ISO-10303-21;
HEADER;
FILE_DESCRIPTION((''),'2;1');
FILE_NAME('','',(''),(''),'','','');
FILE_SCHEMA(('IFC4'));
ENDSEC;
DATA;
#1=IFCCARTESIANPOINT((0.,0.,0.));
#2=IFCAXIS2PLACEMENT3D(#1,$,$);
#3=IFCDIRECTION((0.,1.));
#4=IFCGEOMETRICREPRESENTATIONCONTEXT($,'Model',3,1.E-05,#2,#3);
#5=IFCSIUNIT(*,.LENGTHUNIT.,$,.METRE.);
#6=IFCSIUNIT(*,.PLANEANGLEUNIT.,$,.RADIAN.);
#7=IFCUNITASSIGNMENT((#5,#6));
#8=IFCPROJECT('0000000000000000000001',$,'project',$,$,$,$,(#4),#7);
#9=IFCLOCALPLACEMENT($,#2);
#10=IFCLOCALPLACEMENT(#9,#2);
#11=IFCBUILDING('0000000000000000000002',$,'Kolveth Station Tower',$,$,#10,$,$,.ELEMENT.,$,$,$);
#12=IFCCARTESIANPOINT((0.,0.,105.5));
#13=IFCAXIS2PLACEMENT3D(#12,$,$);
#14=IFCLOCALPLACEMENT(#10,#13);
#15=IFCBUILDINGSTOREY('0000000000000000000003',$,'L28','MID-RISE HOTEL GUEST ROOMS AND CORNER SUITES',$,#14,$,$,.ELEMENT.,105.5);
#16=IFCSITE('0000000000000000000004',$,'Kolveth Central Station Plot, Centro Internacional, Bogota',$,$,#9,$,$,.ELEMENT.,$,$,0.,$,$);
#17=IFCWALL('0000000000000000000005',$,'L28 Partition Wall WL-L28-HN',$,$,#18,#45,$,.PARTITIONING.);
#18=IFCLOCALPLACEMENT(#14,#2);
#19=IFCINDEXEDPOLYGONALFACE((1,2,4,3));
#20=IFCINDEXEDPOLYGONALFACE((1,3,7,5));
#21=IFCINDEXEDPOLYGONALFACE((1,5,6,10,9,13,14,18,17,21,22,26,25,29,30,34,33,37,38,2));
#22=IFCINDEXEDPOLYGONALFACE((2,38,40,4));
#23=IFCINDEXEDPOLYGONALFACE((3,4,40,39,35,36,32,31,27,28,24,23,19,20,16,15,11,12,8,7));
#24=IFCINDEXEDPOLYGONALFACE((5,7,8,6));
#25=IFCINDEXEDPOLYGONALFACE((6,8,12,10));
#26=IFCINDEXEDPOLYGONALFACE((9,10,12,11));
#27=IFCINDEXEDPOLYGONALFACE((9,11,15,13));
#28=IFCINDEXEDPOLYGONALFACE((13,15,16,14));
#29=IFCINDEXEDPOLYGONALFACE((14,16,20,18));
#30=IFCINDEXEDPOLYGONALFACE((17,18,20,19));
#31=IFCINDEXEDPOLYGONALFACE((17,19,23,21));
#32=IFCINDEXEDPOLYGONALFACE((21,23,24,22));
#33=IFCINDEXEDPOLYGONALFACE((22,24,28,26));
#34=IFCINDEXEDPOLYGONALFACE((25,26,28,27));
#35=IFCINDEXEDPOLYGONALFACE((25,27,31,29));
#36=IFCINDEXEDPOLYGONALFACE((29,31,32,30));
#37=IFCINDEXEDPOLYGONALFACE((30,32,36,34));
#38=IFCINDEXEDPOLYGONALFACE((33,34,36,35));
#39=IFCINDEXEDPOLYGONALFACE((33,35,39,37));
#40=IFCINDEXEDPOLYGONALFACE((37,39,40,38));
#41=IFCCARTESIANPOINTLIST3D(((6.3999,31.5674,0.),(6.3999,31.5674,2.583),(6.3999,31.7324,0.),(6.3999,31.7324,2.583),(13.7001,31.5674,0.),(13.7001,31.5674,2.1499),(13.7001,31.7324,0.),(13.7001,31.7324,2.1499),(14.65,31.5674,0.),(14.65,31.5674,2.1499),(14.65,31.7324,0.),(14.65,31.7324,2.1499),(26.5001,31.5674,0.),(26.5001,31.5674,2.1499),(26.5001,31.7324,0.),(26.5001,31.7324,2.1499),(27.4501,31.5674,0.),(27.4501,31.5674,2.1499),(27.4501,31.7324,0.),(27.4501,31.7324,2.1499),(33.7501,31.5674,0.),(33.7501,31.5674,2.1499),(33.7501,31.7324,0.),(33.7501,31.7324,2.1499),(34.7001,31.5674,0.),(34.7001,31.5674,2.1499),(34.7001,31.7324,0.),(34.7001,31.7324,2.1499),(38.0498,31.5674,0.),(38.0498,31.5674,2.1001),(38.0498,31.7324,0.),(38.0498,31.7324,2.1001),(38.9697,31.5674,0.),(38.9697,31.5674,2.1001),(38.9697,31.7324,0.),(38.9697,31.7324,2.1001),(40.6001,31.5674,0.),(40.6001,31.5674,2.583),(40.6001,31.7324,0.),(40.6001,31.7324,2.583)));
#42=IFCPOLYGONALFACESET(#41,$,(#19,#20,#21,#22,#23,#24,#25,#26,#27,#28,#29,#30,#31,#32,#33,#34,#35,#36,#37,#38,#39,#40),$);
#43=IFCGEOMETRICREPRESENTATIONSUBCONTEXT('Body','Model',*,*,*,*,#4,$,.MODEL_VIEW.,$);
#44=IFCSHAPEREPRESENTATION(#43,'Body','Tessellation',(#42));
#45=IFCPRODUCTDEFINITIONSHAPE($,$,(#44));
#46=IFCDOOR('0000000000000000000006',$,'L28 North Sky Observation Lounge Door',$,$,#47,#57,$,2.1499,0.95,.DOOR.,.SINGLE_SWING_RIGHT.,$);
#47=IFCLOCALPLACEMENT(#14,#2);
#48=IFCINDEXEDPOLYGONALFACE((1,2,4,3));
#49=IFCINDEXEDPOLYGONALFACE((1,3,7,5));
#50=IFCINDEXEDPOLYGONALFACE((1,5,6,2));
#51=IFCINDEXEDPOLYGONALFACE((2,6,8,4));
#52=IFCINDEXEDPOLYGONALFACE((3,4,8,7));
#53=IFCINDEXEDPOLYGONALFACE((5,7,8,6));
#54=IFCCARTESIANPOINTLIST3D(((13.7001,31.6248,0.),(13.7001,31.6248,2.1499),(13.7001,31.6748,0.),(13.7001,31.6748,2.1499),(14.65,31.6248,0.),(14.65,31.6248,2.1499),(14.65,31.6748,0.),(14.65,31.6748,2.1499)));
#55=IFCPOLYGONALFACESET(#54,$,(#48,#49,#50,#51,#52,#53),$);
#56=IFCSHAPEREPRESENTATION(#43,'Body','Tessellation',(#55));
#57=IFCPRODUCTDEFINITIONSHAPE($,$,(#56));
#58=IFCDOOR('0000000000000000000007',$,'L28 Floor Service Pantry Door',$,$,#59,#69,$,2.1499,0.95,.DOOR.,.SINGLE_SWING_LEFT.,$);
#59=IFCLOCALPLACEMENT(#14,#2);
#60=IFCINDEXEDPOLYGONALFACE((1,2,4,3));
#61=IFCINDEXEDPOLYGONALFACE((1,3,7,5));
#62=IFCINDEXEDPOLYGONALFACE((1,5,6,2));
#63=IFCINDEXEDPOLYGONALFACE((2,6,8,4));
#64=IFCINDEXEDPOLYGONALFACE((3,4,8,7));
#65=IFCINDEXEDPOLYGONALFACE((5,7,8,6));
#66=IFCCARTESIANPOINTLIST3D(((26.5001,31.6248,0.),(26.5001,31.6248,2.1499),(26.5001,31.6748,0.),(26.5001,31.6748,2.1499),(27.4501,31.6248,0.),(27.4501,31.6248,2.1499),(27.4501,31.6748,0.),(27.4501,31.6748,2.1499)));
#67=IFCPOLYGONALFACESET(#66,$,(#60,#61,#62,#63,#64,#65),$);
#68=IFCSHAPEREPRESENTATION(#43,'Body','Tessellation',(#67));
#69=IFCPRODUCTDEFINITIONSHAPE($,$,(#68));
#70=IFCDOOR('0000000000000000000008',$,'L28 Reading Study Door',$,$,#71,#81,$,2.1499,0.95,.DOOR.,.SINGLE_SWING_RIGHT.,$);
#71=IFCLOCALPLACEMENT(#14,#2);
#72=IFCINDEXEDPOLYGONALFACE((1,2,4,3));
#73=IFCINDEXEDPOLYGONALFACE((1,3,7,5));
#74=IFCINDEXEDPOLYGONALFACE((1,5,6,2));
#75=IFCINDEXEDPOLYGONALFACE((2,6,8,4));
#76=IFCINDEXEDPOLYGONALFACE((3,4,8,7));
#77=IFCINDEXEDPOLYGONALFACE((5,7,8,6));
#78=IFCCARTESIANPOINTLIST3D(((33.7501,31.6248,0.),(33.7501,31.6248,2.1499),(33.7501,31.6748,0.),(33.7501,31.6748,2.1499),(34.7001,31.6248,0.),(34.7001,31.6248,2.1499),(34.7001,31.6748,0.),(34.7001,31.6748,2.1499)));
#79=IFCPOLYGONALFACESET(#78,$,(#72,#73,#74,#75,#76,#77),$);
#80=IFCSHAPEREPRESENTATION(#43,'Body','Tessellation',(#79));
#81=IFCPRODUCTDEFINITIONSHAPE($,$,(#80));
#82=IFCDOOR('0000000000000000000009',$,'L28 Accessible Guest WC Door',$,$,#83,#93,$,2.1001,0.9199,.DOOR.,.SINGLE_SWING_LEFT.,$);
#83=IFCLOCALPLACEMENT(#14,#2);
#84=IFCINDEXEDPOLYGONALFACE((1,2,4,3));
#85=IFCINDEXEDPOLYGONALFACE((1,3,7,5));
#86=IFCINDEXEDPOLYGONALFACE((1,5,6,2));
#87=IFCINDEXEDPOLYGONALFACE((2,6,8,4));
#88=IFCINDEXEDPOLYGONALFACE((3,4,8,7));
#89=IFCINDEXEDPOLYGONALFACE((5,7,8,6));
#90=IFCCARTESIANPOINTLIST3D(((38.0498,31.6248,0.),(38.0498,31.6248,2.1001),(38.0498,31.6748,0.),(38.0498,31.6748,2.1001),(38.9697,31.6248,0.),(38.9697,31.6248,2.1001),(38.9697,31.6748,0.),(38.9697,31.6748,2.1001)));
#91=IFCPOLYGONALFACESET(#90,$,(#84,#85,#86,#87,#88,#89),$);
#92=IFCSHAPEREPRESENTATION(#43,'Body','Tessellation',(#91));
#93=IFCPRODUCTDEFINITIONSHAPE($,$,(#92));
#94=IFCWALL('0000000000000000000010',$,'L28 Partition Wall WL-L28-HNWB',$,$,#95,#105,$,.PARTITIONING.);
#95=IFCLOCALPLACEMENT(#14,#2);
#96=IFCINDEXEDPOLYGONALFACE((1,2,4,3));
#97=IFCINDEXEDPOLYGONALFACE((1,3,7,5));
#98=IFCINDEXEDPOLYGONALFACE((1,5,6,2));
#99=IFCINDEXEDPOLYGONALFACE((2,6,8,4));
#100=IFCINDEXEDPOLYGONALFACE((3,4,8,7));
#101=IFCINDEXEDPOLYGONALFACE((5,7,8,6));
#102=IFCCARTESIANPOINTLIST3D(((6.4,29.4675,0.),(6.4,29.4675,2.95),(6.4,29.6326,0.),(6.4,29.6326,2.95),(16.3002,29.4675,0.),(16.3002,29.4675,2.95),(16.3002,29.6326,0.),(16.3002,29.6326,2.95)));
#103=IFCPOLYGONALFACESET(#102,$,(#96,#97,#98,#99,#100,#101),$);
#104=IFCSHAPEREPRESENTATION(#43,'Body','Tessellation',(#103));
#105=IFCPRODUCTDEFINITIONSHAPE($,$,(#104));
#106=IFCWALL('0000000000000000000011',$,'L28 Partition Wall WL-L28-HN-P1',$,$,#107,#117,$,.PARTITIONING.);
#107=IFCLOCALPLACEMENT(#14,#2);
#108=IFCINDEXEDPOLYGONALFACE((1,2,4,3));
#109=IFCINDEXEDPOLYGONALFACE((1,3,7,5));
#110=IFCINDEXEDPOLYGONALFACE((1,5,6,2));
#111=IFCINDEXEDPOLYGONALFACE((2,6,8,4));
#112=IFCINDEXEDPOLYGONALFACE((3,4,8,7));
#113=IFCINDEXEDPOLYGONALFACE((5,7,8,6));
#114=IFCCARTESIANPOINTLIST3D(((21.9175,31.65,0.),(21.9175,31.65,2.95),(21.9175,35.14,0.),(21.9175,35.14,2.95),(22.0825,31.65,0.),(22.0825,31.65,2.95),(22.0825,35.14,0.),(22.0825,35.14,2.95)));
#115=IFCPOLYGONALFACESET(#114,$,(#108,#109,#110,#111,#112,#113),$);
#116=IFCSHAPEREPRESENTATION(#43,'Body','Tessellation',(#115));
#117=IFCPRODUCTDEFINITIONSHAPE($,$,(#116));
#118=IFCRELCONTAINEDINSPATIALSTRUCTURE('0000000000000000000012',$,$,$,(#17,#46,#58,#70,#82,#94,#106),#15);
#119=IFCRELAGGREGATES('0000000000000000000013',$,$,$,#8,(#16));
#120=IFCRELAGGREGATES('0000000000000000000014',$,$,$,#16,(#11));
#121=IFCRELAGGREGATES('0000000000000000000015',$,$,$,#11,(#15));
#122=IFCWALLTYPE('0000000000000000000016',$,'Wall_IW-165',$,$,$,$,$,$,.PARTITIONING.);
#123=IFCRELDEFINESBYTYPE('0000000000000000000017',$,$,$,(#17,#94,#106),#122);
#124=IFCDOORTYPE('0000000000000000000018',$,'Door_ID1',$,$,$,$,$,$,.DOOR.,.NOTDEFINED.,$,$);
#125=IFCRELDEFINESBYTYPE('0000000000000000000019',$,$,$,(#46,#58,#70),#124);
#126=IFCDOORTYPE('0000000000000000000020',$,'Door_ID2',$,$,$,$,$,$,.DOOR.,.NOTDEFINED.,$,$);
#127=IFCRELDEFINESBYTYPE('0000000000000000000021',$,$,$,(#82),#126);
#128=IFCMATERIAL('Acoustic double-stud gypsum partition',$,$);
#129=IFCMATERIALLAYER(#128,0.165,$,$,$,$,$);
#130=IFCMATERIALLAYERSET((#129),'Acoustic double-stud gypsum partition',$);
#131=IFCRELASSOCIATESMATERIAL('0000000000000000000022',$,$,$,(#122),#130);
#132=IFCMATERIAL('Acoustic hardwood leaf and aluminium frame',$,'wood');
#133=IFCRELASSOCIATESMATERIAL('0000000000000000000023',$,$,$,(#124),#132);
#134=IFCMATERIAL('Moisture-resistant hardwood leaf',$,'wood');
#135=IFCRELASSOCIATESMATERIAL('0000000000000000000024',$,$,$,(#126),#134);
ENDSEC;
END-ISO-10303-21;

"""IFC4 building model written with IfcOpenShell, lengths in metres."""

from ifc_helpers import new_model, si_unit, direction, frame, frame_2d, origin, place, context, subcontext, project, spatial, rectangle, extrude, material, layer, layer_set, type_object, element, fill, save


model = new_model("IFC4")

# Units and contexts
model_context = context("Model", 3, precision=1e-05, world=origin(), true_north=direction((0.0, 1.0)))
body_context = subcontext(model_context, "Body", "Model", "MODEL_VIEW")
ifc_project = project(units=[si_unit("LENGTHUNIT", "METRE"), si_unit("PLANEANGLEUNIT", "RADIAN")], contexts=[model_context])

# Site, building, storey
site_placement = place(None, origin())
site = spatial("IfcSite", under=ifc_project, at=site_placement, Name="Kolveth Central Station Plot, Centro Internacional, Bogota", CompositionType="ELEMENT", RefElevation=0.0)
building_placement = place(site_placement, origin())
building = spatial("IfcBuilding", under=site, at=building_placement, Name="Kolveth Station Tower", CompositionType="ELEMENT")
storey_placement = place(building_placement, frame((0.0, 0.0, 105.5)))
storey = spatial("IfcBuildingStorey", under=building, at=storey_placement, Name="L28", Description="MID-RISE HOTEL GUEST ROOMS AND CORNER SUITES", CompositionType="ELEMENT", Elevation=105.5)

# Shared definitions
ifc_material_1 = material(Name="Acoustic double-stud gypsum partition")
ifc_layer_1 = layer(ifc_material_1, 0.165)
ifc_layer_set_1 = layer_set([ifc_layer_1], Name="Acoustic double-stud gypsum partition")
wall_type_1 = type_object("IfcWallType", Name="Wall_IW-165", PredefinedType="PARTITIONING", material=ifc_layer_set_1)

# Wall, openings, doors
wall_1_placement = place(storey_placement, frame((6.3999, 31.6499, 0.0), z_axis=(0.0, 0.0, 1.0), x_axis=(1.0, 0.0, 0.0)))
wall_1 = element("IfcWall", 1, at=wall_1_placement, inside=storey, type_object=wall_type_1, Name="L28 Partition Wall WL-L28-HN", PredefinedType="PARTITIONING", context=body_context, shape_type="SweptSolid", body=[
    extrude(rectangle(XDim=34.2002, YDim=0.165, at=frame_2d((17.1001, 0.0))), origin(), (0.0, 0.0, 1.0), 2.583),
])
opening_1_placement = place(wall_1_placement, frame((7.3, 0.0, 0.0)))
opening_1 = element("IfcOpeningElement", 2, at=opening_1_placement, cuts=wall_1, PredefinedType="OPENING", context=body_context, shape_type="SweptSolid", body=[
    extrude(rectangle(XDim=0.95, YDim=2.1499, at=frame_2d((0.4751, 1.075))), frame((0.0, 0.0925, 0.0), z_axis=(0.0, -1.0, 0.0), x_axis=(1.0, 0.0, 0.0)), (0.0, 0.0, 1.0), 0.1851),
])
opening_2_placement = place(wall_1_placement, frame((20.1001, 0.0, 0.0)))
opening_2 = element("IfcOpeningElement", 3, at=opening_2_placement, cuts=wall_1, PredefinedType="OPENING", context=body_context, shape_type="SweptSolid", body=[
    extrude(rectangle(XDim=0.95, YDim=2.1499, at=frame_2d((0.4751, 1.075))), frame((0.0, 0.0925, 0.0), z_axis=(0.0, -1.0, 0.0), x_axis=(1.0, 0.0, 0.0)), (0.0, 0.0, 1.0), 0.1851),
])
opening_3_placement = place(wall_1_placement, frame((27.3501, 0.0, 0.0)))
opening_3 = element("IfcOpeningElement", 4, at=opening_3_placement, cuts=wall_1, PredefinedType="OPENING", context=body_context, shape_type="SweptSolid", body=[
    extrude(rectangle(XDim=0.95, YDim=2.1499, at=frame_2d((0.4751, 1.075))), frame((0.0, 0.0925, 0.0), z_axis=(0.0, -1.0, 0.0), x_axis=(1.0, 0.0, 0.0)), (0.0, 0.0, 1.0), 0.1851),
])
opening_4_placement = place(wall_1_placement, frame((31.6499, 0.0, 0.0)))
opening_4 = element("IfcOpeningElement", 5, at=opening_4_placement, cuts=wall_1, PredefinedType="OPENING", context=body_context, shape_type="SweptSolid", body=[
    extrude(rectangle(XDim=0.9199, YDim=2.1001, at=frame_2d((0.46, 1.05))), frame((0.0, 0.0925, 0.0), z_axis=(0.0, -1.0, 0.0), x_axis=(1.0, 0.0, 0.0)), (0.0, 0.0, 1.0), 0.1851),
])
ifc_material_2 = material(Name="Acoustic hardwood leaf and aluminium frame", Category="wood")
door_type_1 = type_object("IfcDoorType", Name="Door_ID1", OperationType="NOTDEFINED", PredefinedType="DOOR", material=ifc_material_2)
door_1_placement = place(opening_1_placement, origin())
door_1 = element("IfcDoor", 6, at=door_1_placement, inside=storey, type_object=door_type_1, Name="L28 North Sky Observation Lounge Door", OperationType="SINGLE_SWING_RIGHT", OverallHeight=2.1499, OverallWidth=0.95, PredefinedType="DOOR", context=body_context, shape_type="SweptSolid", body=[
    extrude(rectangle(XDim=0.95, YDim=2.1499, at=frame_2d((0.4751, 1.075))), frame((0.0, 0.0249, 0.0), z_axis=(0.0, -1.0, 0.0), x_axis=(1.0, 0.0, 0.0)), (0.0, 0.0, 1.0), 0.05),
])
fill(opening_1, door_1)
door_2_placement = place(opening_2_placement, origin())
door_2 = element("IfcDoor", 7, at=door_2_placement, inside=storey, type_object=door_type_1, Name="L28 Floor Service Pantry Door", OperationType="SINGLE_SWING_LEFT", OverallHeight=2.1499, OverallWidth=0.95, PredefinedType="DOOR", context=body_context, shape_type="SweptSolid", body=[
    extrude(rectangle(XDim=0.95, YDim=2.1499, at=frame_2d((0.4751, 1.075))), frame((0.0, 0.0249, 0.0), z_axis=(0.0, -1.0, 0.0), x_axis=(1.0, 0.0, 0.0)), (0.0, 0.0, 1.0), 0.05),
])
fill(opening_2, door_2)
door_3_placement = place(opening_3_placement, origin())
door_3 = element("IfcDoor", 8, at=door_3_placement, inside=storey, type_object=door_type_1, Name="L28 Reading Study Door", OperationType="SINGLE_SWING_RIGHT", OverallHeight=2.1499, OverallWidth=0.95, PredefinedType="DOOR", context=body_context, shape_type="SweptSolid", body=[
    extrude(rectangle(XDim=0.95, YDim=2.1499, at=frame_2d((0.4751, 1.075))), frame((0.0, 0.0249, 0.0), z_axis=(0.0, -1.0, 0.0), x_axis=(1.0, 0.0, 0.0)), (0.0, 0.0, 1.0), 0.05),
])
fill(opening_3, door_3)
ifc_material_3 = material(Name="Moisture-resistant hardwood leaf", Category="wood")
door_type_2 = type_object("IfcDoorType", Name="Door_ID2", OperationType="NOTDEFINED", PredefinedType="DOOR", material=ifc_material_3)
door_4_placement = place(opening_4_placement, origin())
door_4 = element("IfcDoor", 9, at=door_4_placement, inside=storey, type_object=door_type_2, Name="L28 Accessible Guest WC Door", OperationType="SINGLE_SWING_LEFT", OverallHeight=2.1001, OverallWidth=0.9199, PredefinedType="DOOR", context=body_context, shape_type="SweptSolid", body=[
    extrude(rectangle(XDim=0.9199, YDim=2.1001, at=frame_2d((0.46, 1.05))), frame((0.0, 0.0249, 0.0), z_axis=(0.0, -1.0, 0.0), x_axis=(1.0, 0.0, 0.0)), (0.0, 0.0, 1.0), 0.05),
])
fill(opening_4, door_4)

# Wall
wall_2_placement = place(storey_placement, frame((6.3999, 29.55, 0.0), z_axis=(0.0, 0.0, 1.0), x_axis=(1.0, 0.0, 0.0)))
element("IfcWall", 10, at=wall_2_placement, inside=storey, type_object=wall_type_1, Name="L28 Partition Wall WL-L28-HNWB", PredefinedType="PARTITIONING", context=body_context, shape_type="SweptSolid", body=[
    extrude(rectangle(XDim=9.9001, YDim=0.165, at=frame_2d((4.9502, 0.0))), origin(), (0.0, 0.0, 1.0), 2.95),
])

# Wall
wall_3_placement = place(storey_placement, frame((22.0, 31.6499, 0.0), z_axis=(0.0, 0.0, 1.0), x_axis=(0.0, 1.0, 0.0)))
element("IfcWall", 11, at=wall_3_placement, inside=storey, type_object=wall_type_1, Name="L28 Partition Wall WL-L28-HN-P1", PredefinedType="PARTITIONING", context=body_context, shape_type="SweptSolid", body=[
    extrude(rectangle(XDim=3.49, YDim=0.165, at=frame_2d((1.7451, 0.0))), origin(), (0.0, 0.0, 1.0), 2.95),
])

save(model, "model.ifc")
